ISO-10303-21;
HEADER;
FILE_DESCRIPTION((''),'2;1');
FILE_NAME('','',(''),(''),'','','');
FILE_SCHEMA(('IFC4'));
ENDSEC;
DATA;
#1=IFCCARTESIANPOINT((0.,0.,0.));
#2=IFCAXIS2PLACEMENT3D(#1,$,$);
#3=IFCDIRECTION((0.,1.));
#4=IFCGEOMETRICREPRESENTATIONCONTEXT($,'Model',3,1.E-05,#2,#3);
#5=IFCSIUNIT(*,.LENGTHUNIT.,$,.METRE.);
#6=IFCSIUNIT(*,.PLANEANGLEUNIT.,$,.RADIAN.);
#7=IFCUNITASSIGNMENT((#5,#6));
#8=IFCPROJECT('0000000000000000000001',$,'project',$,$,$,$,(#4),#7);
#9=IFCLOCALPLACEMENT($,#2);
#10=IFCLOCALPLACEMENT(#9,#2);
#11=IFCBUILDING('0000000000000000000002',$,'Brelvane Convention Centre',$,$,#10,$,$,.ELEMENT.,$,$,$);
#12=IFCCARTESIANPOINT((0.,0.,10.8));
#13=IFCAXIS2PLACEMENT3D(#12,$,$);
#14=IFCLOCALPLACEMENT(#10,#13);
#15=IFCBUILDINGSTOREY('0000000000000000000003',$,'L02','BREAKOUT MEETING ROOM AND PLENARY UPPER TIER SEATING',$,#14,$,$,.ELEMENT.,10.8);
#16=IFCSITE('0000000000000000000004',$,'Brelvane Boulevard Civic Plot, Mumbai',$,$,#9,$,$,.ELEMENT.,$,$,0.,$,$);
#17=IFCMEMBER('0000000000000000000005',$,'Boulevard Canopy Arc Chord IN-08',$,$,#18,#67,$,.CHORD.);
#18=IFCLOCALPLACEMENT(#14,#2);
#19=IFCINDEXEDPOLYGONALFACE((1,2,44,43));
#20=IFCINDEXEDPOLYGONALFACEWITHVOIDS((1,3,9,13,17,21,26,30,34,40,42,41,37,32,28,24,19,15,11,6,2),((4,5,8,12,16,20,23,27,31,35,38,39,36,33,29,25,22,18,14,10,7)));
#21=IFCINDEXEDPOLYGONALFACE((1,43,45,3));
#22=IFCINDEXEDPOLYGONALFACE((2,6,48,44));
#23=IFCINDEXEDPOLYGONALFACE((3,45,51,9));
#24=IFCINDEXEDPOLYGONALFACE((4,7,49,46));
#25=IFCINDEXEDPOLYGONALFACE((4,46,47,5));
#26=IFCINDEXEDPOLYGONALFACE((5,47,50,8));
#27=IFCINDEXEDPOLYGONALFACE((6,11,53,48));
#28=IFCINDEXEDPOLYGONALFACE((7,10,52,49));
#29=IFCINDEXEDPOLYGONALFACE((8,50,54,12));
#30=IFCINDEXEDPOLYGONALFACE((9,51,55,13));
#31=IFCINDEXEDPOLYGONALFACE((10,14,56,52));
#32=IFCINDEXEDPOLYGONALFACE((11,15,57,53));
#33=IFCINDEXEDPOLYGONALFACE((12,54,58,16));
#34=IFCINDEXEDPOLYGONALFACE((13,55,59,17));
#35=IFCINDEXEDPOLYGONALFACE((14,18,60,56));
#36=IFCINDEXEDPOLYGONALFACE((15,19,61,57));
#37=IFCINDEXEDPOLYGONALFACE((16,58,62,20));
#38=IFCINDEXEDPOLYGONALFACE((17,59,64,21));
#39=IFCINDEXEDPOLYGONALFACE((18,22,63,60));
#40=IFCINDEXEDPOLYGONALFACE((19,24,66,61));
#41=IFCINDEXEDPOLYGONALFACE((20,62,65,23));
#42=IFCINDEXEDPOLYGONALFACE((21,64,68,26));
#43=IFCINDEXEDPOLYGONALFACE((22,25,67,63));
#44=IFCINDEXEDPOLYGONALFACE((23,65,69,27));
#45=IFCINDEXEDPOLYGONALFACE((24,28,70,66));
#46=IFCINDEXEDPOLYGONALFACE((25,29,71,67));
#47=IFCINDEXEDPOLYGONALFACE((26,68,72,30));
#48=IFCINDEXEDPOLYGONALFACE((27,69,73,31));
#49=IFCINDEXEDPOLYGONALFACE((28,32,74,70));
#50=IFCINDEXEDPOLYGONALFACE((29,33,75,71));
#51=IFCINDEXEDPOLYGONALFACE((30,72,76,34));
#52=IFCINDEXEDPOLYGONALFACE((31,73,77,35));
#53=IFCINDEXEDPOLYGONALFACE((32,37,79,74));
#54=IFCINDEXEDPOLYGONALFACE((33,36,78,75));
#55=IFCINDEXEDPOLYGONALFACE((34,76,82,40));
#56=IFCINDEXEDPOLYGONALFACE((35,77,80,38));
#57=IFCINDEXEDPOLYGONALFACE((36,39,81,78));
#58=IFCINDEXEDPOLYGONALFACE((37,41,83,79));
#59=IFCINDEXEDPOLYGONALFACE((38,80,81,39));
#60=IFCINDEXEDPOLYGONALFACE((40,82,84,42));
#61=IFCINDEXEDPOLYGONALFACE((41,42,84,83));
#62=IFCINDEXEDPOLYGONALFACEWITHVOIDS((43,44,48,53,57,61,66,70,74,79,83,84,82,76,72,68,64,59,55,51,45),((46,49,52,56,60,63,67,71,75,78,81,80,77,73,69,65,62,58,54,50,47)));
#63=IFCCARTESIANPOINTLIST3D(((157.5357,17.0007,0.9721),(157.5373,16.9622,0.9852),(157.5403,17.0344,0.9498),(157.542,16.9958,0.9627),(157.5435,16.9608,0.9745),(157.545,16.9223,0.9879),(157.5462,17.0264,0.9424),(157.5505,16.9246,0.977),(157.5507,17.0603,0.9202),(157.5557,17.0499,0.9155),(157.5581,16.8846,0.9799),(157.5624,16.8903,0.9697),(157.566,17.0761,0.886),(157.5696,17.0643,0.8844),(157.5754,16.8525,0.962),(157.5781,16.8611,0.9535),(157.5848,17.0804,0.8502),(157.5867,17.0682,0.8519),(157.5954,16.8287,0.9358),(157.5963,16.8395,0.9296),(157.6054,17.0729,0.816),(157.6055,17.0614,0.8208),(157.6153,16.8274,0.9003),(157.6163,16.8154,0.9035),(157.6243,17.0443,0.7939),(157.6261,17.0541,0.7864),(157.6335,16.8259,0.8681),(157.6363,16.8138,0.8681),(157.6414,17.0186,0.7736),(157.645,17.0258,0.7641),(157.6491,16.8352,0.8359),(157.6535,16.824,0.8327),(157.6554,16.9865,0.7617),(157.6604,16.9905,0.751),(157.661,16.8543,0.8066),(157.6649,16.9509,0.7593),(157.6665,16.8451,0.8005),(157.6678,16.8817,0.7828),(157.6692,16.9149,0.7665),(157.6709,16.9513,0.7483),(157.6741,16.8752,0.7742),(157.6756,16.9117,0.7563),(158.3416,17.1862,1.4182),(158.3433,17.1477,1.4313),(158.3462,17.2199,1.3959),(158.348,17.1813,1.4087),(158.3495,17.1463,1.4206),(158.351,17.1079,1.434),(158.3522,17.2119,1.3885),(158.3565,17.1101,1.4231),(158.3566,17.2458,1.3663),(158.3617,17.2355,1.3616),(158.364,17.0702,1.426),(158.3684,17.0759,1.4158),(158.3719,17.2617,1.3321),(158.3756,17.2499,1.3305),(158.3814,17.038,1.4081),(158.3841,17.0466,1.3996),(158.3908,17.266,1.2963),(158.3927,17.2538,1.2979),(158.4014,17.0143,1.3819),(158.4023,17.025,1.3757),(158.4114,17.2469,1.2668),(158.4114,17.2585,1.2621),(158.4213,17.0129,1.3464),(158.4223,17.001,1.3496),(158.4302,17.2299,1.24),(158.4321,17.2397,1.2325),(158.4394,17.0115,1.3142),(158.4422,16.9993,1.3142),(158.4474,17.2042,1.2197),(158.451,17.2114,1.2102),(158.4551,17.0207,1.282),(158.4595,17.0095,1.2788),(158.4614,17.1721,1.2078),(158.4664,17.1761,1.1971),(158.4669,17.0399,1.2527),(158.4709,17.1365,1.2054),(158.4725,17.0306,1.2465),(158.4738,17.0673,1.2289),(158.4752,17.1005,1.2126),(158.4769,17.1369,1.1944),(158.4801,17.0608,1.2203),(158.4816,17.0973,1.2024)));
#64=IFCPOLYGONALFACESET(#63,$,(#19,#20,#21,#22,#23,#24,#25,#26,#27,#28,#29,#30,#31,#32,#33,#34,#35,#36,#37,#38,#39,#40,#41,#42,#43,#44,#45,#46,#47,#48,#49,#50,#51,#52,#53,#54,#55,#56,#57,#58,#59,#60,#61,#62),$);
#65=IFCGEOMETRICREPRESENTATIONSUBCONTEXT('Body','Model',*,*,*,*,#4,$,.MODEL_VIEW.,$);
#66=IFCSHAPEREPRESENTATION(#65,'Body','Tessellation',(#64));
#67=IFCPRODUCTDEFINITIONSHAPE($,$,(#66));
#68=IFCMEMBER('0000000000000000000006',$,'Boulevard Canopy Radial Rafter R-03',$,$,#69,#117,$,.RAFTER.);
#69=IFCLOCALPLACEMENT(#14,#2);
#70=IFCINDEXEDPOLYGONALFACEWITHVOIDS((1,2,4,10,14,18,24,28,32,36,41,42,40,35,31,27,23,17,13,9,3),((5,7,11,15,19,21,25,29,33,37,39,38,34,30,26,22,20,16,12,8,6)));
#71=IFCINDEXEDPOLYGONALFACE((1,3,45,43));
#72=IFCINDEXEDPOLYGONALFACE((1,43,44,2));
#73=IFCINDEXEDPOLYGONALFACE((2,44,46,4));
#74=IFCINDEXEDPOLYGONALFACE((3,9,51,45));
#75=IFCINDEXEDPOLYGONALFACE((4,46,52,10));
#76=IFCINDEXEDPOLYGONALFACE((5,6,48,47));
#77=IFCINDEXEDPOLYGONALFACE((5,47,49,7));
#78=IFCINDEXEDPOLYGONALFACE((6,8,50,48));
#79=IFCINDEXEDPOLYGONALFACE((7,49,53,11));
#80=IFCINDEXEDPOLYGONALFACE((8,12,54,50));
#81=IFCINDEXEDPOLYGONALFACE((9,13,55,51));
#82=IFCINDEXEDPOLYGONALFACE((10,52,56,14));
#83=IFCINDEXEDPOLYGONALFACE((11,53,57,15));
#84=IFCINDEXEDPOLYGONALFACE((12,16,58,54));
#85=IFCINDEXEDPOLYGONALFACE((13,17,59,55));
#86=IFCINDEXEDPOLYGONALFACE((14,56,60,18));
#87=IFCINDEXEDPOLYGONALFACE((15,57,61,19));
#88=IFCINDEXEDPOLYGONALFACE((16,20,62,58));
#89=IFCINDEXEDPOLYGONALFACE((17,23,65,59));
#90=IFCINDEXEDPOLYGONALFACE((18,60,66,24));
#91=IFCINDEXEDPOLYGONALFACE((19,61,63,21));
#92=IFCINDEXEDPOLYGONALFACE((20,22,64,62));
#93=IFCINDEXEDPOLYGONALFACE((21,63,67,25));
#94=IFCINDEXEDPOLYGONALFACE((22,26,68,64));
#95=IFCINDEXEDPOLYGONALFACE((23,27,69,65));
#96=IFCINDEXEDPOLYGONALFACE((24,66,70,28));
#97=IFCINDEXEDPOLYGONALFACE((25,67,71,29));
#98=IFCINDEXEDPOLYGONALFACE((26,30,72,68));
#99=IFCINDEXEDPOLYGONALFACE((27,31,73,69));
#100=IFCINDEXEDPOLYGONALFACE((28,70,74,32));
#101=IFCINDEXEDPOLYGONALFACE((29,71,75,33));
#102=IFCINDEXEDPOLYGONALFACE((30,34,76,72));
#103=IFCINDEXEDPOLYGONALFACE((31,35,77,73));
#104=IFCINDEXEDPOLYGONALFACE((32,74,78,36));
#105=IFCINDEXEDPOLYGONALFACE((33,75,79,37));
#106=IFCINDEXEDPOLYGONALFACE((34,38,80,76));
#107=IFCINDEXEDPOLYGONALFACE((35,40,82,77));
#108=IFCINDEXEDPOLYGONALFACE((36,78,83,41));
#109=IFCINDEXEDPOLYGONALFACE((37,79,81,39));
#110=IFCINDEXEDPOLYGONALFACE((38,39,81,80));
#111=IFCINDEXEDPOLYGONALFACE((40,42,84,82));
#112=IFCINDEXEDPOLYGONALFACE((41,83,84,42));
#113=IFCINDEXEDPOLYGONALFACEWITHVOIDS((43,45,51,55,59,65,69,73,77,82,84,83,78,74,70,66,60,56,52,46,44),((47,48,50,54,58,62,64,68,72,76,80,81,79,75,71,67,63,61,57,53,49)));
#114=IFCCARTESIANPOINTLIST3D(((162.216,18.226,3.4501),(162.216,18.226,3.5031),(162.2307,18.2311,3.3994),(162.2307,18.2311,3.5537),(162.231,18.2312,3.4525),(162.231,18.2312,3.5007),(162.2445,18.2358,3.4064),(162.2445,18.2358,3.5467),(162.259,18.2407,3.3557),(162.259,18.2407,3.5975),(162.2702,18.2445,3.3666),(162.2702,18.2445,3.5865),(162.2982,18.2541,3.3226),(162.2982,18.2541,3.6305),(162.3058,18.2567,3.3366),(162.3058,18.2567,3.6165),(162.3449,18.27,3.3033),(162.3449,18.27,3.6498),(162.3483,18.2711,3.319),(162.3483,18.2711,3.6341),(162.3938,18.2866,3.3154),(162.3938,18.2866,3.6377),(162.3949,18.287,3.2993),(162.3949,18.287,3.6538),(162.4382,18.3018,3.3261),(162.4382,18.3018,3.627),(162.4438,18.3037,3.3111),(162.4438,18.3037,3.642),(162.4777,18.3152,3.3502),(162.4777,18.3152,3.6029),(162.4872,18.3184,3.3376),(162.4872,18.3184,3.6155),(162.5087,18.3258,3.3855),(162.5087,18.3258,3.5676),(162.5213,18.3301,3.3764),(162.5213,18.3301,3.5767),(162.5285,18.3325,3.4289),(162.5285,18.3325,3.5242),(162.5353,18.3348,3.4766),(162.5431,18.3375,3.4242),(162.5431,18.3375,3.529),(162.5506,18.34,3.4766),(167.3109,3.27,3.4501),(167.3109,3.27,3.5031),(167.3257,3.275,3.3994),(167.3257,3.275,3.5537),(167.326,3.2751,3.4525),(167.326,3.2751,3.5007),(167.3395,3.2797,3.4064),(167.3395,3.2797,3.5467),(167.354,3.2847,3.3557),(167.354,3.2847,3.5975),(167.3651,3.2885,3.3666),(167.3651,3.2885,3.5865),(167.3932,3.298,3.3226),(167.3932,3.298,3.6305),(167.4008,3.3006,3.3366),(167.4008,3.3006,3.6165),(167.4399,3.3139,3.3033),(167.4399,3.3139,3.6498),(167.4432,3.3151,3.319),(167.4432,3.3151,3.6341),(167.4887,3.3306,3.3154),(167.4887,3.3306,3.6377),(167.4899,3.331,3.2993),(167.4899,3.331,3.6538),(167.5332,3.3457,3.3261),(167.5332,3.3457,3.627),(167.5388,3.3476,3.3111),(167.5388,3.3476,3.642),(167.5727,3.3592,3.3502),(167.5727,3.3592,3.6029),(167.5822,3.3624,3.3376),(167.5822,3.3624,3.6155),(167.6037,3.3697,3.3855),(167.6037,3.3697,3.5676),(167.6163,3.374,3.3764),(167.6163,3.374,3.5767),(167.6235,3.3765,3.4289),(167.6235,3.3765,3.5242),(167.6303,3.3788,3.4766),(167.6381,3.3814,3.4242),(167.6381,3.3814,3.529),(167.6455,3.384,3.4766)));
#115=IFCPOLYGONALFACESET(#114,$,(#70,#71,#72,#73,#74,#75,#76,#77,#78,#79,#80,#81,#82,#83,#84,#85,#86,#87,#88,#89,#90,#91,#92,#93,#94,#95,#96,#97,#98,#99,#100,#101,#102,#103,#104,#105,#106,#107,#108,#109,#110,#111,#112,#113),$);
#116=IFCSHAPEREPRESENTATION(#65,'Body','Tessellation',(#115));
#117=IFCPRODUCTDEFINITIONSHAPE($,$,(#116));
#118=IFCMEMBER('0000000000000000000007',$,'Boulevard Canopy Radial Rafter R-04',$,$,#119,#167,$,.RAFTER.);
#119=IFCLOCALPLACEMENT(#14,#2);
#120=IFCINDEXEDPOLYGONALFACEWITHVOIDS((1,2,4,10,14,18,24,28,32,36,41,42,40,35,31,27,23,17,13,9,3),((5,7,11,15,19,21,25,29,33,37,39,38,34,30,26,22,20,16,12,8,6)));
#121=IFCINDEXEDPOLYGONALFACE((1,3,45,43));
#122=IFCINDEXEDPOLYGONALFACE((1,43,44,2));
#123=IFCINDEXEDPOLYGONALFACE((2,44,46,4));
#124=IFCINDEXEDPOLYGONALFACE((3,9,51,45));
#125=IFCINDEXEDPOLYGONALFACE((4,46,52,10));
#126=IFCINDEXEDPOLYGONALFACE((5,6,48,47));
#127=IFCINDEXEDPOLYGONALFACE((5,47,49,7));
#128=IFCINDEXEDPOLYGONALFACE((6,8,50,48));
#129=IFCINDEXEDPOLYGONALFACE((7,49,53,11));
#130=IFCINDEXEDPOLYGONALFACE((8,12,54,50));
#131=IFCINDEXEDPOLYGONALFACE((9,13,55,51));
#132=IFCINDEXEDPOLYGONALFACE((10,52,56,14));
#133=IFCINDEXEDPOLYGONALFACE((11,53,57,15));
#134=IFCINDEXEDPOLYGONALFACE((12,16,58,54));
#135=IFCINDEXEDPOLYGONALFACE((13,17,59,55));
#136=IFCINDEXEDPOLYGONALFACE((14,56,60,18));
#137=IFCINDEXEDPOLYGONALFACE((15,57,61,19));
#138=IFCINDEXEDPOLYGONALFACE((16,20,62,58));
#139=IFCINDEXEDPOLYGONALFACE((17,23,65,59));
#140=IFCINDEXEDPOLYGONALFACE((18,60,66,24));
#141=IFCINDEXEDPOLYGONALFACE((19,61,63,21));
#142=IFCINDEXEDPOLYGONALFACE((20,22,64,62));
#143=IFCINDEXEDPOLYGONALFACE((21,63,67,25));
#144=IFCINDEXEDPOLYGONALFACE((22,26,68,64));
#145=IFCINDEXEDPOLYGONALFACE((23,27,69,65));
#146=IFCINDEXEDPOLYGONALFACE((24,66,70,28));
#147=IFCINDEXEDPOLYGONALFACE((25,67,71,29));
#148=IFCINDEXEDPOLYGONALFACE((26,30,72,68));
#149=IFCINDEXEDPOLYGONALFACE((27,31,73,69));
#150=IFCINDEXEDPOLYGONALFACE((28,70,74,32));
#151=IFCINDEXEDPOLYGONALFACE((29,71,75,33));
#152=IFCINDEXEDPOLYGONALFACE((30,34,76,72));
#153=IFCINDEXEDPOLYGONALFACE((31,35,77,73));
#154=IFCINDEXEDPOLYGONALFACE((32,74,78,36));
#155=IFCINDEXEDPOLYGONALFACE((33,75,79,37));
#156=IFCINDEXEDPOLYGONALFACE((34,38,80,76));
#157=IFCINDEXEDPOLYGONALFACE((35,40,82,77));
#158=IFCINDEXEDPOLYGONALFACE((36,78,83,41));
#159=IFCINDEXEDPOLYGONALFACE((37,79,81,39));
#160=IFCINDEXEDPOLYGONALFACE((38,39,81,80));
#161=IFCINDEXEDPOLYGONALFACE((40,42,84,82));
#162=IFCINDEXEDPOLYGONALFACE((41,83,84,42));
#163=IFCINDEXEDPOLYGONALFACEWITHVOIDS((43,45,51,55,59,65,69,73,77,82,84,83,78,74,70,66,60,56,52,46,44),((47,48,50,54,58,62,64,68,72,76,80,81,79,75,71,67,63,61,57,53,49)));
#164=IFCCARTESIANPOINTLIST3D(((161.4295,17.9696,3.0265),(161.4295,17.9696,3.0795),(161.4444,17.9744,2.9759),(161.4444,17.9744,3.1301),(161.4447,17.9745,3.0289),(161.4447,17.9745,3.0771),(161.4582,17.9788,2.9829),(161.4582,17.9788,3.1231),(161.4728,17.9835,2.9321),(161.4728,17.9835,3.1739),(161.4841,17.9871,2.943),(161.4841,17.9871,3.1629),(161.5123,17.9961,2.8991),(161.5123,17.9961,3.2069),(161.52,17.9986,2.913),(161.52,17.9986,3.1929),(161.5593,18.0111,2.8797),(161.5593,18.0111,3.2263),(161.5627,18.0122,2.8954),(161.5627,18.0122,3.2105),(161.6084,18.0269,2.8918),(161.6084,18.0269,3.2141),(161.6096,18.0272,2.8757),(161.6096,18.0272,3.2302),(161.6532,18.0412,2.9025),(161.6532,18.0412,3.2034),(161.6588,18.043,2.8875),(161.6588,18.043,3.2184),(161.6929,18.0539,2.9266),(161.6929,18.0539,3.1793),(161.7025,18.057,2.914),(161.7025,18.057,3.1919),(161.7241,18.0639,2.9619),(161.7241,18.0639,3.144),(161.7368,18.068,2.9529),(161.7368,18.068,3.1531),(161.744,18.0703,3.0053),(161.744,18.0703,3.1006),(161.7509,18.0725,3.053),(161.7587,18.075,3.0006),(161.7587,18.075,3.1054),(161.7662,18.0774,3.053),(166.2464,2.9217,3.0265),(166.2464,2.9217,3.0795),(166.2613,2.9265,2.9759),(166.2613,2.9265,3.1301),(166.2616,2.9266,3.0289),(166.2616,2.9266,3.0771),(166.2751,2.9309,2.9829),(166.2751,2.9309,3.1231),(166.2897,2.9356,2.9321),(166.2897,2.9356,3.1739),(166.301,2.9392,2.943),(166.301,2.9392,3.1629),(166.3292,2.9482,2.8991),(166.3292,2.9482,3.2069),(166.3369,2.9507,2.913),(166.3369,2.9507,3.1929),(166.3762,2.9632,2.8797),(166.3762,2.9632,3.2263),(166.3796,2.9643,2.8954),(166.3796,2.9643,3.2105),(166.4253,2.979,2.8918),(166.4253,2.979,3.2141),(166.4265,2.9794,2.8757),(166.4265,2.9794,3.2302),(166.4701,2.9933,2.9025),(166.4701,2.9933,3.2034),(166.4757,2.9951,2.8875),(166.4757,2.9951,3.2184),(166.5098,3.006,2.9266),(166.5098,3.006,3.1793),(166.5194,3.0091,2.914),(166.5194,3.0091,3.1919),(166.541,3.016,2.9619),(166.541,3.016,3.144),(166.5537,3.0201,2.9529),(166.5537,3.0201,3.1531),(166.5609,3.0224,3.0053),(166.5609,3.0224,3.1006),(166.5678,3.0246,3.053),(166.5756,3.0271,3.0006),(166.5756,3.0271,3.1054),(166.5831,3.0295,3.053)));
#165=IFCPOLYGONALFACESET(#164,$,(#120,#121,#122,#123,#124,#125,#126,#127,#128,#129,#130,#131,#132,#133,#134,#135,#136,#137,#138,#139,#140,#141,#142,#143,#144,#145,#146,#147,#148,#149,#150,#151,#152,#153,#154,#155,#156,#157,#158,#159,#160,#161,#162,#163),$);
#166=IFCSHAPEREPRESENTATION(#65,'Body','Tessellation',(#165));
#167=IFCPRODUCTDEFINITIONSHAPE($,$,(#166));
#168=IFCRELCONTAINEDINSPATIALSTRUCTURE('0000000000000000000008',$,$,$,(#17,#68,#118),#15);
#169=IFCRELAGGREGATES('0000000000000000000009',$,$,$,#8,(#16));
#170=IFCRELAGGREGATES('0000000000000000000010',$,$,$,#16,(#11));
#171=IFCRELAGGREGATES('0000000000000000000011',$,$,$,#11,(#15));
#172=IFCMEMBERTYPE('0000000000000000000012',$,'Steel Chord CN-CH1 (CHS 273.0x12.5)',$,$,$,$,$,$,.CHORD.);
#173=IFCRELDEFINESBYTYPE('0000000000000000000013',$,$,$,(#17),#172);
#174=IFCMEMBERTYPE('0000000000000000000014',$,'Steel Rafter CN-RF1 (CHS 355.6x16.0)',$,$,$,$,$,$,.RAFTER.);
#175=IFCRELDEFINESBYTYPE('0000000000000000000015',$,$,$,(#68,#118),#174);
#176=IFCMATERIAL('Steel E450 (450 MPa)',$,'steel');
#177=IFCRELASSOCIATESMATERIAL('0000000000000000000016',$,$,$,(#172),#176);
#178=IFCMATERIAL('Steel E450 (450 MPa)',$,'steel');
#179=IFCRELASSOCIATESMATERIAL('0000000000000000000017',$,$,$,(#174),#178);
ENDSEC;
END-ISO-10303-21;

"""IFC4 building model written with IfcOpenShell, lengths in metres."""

from ifc_helpers import new_model, si_unit, direction, frame, origin, origin_2d, place, context, subcontext, project, spatial, hollow_circle, extrude, material, material_profile, profile_set, type_object, element, save


model = new_model("IFC4")

# Units and contexts
model_context = context("Model", 3, precision=1e-05, world=origin(), true_north=direction((0.0, 1.0)))
body_context = subcontext(model_context, "Body", "Model", "MODEL_VIEW")
ifc_project = project(units=[si_unit("LENGTHUNIT", "METRE"), si_unit("PLANEANGLEUNIT", "RADIAN")], contexts=[model_context])

# Site, building, storey
site_placement = place(None, origin())
site = spatial("IfcSite", under=ifc_project, at=site_placement, Name="Brelvane Boulevard Civic Plot, Mumbai", CompositionType="ELEMENT", RefElevation=0.0)
building_placement = place(site_placement, origin())
building = spatial("IfcBuilding", under=site, at=building_placement, Name="Brelvane Convention Centre", CompositionType="ELEMENT")
storey_placement = place(building_placement, frame((0.0, 0.0, 10.8)))
storey = spatial("IfcBuildingStorey", under=building, at=storey_placement, Name="L02", Description="BREAKOUT MEETING ROOM AND PLENARY UPPER TIER SEATING", CompositionType="ELEMENT", Elevation=10.8)

# Members
ifc_material_1 = material(Name="Steel E450 (450 MPa)", Category="steel")
ifc_material_profile_1 = material_profile(ifc_material_1, hollow_circle(Radius=0.1365, WallThickness=0.0125, at=origin_2d()), Name="CHS 273.0x12.5")
ifc_profile_set_1 = profile_set([ifc_material_profile_1], Name="Steel E450 (450 MPa)")
member_type_1 = type_object("IfcMemberType", Name="Steel Chord CN-CH1 (CHS 273.0x12.5)", PredefinedType="CHORD", material=ifc_profile_set_1)
member_1_placement = place(storey_placement, frame((158.4116, 17.1323, 1.3142), z_axis=(-0.857703, -0.197472, -0.474712), x_axis=(0.224364, -0.974506, 0.0)))
element("IfcMember", 1, at=member_1_placement, inside=storey, type_object=member_type_1, Name="Boulevard Canopy Arc Chord IN-08", PredefinedType="CHORD", context=body_context, shape_type="SweptSolid", body=[
    extrude(hollow_circle(Radius=0.1365, WallThickness=0.0125, at=origin_2d()), origin(), (0.0, 0.0, 1.0), 0.9397),
])
ifc_material_2 = material(Name="Steel E450 (450 MPa)", Category="steel")
ifc_material_profile_2 = material_profile(ifc_material_2, hollow_circle(Radius=0.1777, WallThickness=0.0161, at=origin_2d()), Name="CHS 355.6x16.0")
ifc_profile_set_2 = profile_set([ifc_material_profile_2], Name="Steel E450 (450 MPa)")
member_type_2 = type_object("IfcMemberType", Name="Steel Rafter CN-RF1 (CHS 355.6x16.0)", PredefinedType="RAFTER", material=ifc_profile_set_2)
for number, where, z_axis, x_axis, name in (
    (2, (162.3823, 18.2827, 3.4766), (0.322465, -0.946581, 0.0), (0.946581, 0.322465, 0.0), "Boulevard Canopy Radial Rafter R-03"),
    (3, (161.5969, 18.0232, 3.053), (0.304867, -0.952395, 0.0), (0.952395, 0.304867, 0.0), "Boulevard Canopy Radial Rafter R-04"),
):
    element("IfcMember", number, at=place(storey_placement, frame(where, z_axis=z_axis, x_axis=x_axis)), inside=storey, type_object=member_type_2, Name=name, PredefinedType="RAFTER", context=body_context, shape_type="SweptSolid", body=[
        extrude(hollow_circle(Radius=0.1777, WallThickness=0.0161, at=origin_2d()), origin(), (0.0, 0.0, 1.0), 15.8),
    ])

save(model, "model.ifc")
